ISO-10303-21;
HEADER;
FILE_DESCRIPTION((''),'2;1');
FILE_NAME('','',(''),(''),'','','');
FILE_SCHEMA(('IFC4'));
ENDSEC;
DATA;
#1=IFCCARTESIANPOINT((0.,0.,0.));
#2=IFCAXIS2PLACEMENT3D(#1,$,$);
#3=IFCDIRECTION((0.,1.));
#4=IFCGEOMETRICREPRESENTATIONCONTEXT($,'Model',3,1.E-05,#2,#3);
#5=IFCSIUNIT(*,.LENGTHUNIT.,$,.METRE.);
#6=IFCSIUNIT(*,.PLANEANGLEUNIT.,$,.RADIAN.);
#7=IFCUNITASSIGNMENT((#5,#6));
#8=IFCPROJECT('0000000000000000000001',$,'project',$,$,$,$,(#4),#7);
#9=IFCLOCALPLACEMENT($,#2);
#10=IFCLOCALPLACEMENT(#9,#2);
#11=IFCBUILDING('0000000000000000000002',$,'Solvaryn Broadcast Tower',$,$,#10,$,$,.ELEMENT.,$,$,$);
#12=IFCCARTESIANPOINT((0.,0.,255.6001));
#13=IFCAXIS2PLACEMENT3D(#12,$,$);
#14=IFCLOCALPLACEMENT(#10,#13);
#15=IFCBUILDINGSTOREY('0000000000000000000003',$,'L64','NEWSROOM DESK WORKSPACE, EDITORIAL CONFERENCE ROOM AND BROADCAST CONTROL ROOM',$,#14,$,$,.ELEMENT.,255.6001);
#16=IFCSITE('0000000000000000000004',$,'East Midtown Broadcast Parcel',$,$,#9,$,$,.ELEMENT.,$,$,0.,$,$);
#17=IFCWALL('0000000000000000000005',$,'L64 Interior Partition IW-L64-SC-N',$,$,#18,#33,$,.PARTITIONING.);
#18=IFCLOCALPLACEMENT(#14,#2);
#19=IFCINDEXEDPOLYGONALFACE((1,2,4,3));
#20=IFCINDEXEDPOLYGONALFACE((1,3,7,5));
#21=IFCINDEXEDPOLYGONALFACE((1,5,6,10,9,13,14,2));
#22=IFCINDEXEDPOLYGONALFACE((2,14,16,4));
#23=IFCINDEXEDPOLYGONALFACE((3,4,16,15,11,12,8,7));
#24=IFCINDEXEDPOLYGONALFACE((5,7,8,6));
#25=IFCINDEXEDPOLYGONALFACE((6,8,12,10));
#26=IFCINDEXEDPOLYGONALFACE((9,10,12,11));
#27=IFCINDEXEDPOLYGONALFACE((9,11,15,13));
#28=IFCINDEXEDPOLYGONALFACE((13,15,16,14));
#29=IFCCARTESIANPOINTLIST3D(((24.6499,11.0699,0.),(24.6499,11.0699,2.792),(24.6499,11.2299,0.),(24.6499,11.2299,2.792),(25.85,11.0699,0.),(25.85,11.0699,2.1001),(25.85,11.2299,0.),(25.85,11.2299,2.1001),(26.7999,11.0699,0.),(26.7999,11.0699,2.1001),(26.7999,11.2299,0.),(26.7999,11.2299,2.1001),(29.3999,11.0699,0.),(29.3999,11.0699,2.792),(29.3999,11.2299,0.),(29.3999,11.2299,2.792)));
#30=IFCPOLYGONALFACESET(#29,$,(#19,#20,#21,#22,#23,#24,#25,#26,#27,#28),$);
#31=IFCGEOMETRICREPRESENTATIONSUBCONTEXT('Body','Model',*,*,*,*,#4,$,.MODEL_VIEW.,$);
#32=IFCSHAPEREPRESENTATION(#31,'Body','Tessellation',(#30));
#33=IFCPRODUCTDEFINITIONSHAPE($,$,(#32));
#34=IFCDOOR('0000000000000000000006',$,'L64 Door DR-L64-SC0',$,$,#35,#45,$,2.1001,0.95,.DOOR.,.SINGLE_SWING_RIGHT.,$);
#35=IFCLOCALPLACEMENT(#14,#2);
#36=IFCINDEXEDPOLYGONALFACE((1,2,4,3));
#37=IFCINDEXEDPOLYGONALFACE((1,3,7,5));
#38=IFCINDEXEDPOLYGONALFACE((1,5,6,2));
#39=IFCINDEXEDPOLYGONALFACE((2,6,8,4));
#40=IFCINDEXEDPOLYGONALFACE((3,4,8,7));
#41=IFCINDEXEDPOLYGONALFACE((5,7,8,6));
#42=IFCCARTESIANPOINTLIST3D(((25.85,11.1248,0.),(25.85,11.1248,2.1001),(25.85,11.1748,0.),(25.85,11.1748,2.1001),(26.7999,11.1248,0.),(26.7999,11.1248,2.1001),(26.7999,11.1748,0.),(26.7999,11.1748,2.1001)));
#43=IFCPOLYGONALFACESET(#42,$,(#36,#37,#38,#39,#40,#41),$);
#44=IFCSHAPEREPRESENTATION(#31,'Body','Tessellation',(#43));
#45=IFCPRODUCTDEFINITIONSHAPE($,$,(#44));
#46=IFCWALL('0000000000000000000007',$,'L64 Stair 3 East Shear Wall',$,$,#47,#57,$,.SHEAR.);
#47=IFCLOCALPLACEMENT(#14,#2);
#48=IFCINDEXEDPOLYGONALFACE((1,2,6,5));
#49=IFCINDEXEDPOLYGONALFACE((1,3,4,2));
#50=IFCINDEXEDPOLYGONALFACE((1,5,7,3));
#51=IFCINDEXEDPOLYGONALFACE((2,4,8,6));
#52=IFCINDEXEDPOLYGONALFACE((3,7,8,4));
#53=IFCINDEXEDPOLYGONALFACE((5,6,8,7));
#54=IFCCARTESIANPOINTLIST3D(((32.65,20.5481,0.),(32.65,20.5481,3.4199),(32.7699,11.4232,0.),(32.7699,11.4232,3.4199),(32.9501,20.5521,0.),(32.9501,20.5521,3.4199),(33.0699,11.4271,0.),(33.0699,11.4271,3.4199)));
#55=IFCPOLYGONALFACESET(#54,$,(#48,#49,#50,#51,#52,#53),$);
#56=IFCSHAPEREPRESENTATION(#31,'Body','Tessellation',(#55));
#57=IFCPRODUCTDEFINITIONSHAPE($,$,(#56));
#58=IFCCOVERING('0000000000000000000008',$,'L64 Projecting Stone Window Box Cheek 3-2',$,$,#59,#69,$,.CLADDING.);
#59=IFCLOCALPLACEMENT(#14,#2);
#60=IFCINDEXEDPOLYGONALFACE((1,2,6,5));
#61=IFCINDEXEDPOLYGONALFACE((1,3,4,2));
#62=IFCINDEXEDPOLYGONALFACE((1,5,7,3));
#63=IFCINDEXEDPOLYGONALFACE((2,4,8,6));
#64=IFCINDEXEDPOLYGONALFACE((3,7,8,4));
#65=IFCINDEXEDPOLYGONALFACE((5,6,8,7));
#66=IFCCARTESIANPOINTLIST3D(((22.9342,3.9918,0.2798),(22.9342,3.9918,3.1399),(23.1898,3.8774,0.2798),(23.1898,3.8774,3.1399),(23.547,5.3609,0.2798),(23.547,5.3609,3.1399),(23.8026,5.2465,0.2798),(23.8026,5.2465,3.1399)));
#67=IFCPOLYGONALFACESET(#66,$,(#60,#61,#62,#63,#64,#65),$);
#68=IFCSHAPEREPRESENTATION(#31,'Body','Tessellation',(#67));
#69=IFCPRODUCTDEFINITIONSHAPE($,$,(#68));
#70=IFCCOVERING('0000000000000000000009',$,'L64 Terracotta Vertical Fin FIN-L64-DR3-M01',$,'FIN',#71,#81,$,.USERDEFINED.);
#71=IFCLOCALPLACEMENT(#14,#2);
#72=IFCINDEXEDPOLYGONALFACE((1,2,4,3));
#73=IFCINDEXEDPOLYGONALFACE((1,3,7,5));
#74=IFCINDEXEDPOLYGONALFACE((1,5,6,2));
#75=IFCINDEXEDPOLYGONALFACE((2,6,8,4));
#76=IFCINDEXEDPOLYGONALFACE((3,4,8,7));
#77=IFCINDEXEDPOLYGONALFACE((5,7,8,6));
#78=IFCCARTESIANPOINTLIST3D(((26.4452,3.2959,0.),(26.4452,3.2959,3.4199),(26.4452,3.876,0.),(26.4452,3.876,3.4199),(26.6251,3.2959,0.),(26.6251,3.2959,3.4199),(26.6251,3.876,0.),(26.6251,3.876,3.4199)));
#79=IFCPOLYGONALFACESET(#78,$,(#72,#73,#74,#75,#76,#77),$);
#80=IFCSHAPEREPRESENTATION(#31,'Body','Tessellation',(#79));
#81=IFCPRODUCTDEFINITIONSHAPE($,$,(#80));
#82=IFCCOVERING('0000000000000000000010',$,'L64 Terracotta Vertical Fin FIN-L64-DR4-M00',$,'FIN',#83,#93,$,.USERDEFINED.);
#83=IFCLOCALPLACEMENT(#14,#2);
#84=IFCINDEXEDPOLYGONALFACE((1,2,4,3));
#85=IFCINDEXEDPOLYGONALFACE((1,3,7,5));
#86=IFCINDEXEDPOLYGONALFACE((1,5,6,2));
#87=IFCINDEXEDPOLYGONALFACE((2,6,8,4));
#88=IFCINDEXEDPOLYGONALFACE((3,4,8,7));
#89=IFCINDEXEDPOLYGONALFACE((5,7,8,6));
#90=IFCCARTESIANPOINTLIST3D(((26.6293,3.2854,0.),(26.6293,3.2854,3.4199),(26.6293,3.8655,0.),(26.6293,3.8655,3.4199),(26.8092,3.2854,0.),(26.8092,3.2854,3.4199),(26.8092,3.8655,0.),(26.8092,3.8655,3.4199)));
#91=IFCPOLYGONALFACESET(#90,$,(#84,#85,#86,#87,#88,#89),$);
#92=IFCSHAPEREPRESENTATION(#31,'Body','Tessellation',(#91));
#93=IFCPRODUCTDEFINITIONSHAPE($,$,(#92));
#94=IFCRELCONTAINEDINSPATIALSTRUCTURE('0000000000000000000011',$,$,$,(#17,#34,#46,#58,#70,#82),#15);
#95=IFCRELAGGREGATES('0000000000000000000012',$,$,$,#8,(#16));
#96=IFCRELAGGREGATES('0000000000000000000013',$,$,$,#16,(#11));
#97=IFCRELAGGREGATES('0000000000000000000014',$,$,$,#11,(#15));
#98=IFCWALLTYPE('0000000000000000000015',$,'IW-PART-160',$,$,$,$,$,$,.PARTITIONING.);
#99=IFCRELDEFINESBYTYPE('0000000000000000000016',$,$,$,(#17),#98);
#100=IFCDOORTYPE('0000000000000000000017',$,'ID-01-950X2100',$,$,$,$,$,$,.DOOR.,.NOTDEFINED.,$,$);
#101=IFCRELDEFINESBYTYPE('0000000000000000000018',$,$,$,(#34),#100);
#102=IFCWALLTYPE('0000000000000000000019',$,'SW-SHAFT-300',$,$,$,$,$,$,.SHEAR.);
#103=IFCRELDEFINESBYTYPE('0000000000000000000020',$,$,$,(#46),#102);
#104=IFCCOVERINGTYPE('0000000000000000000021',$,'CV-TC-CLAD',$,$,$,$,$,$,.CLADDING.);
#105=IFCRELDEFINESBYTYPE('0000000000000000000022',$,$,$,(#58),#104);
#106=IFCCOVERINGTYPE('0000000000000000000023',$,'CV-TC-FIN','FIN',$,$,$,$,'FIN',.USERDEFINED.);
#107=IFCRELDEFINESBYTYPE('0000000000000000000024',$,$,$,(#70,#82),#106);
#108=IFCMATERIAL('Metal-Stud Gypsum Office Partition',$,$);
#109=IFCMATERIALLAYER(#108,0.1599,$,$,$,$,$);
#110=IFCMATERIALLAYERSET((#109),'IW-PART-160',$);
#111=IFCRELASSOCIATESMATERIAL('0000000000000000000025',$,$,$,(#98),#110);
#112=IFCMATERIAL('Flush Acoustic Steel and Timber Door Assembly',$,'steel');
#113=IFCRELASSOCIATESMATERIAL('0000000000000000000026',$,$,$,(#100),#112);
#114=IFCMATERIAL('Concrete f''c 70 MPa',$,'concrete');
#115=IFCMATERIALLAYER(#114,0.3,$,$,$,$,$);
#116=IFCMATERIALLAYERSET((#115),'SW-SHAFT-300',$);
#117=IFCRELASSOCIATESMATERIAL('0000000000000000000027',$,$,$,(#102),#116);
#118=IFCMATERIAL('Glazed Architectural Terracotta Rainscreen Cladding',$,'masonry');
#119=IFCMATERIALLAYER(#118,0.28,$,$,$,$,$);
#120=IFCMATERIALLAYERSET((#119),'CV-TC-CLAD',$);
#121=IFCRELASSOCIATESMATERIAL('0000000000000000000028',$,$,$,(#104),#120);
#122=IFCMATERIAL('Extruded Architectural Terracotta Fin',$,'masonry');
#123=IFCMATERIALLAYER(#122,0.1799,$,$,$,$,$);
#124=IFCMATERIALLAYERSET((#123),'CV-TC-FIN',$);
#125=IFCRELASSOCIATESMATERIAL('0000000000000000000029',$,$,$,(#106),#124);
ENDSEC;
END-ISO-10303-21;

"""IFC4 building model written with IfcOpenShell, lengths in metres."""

from ifc_helpers import new_model, si_unit, direction, frame, frame_2d, origin, origin_2d, place, context, subcontext, project, spatial, rectangle, extrude, material, layer, layer_set, type_object, element, fill, save


model = new_model("IFC4")

# Units and contexts
model_context = context("Model", 3, precision=1e-05, world=origin(), true_north=direction((0.0, 1.0)))
body_context = subcontext(model_context, "Body", "Model", "MODEL_VIEW")
ifc_project = project(units=[si_unit("LENGTHUNIT", "METRE"), si_unit("PLANEANGLEUNIT", "RADIAN")], contexts=[model_context])

# Site, building, storey
site_placement = place(None, origin())
site = spatial("IfcSite", under=ifc_project, at=site_placement, Name="East Midtown Broadcast Parcel", CompositionType="ELEMENT", RefElevation=0.0)
building_placement = place(site_placement, origin())
building = spatial("IfcBuilding", under=site, at=building_placement, Name="Solvaryn Broadcast Tower", CompositionType="ELEMENT")
storey_placement = place(building_placement, frame((0.0, 0.0, 255.6001)))
storey = spatial("IfcBuildingStorey", under=building, at=storey_placement, Name="L64", Description="NEWSROOM DESK WORKSPACE, EDITORIAL CONFERENCE ROOM AND BROADCAST CONTROL ROOM", CompositionType="ELEMENT", Elevation=255.6001)

# Shared definitions
ifc_material_1 = material(Name="Metal-Stud Gypsum Office Partition")
ifc_layer_1 = layer(ifc_material_1, 0.1599)
ifc_layer_set_1 = layer_set([ifc_layer_1], Name="IW-PART-160")
wall_type_1 = type_object("IfcWallType", Name="IW-PART-160", PredefinedType="PARTITIONING", material=ifc_layer_set_1)
ifc_material_2 = material(Name="Flush Acoustic Steel and Timber Door Assembly", Category="steel")
door_type_1 = type_object("IfcDoorType", Name="ID-01-950X2100", OperationType="NOTDEFINED", PredefinedType="DOOR", material=ifc_material_2)

# Wall, opening, door
wall_1_placement = place(storey_placement, frame((24.6499, 11.1499, 0.0), z_axis=(0.0, 0.0, 1.0), x_axis=(1.0, 0.0, 0.0)))
wall_1 = element("IfcWall", 1, at=wall_1_placement, inside=storey, type_object=wall_type_1, Name="L64 Interior Partition IW-L64-SC-N", PredefinedType="PARTITIONING", context=body_context, shape_type="SweptSolid", body=[
    extrude(rectangle(XDim=4.75, YDim=0.1599, at=frame_2d((2.375, 0.0))), origin(), (0.0, 0.0, 1.0), 2.792),
])
opening_1_placement = place(wall_1_placement, frame((1.2, 0.0, 0.0)))
opening_1 = element("IfcOpeningElement", 2, at=opening_1_placement, cuts=wall_1, PredefinedType="OPENING", context=body_context, shape_type="SweptSolid", body=[
    extrude(rectangle(XDim=0.95, YDim=2.1001, at=frame_2d((0.4751, 1.05))), frame((0.0, 0.0901, 0.0), z_axis=(0.0, -1.0, 0.0), x_axis=(1.0, 0.0, 0.0)), (0.0, 0.0, 1.0), 0.1799),
])
door_1_placement = place(opening_1_placement, origin())
door_1 = element("IfcDoor", 3, at=door_1_placement, inside=storey, type_object=door_type_1, Name="L64 Door DR-L64-SC0", OperationType="SINGLE_SWING_RIGHT", OverallHeight=2.1001, OverallWidth=0.95, PredefinedType="DOOR", context=body_context, shape_type="SweptSolid", body=[
    extrude(rectangle(XDim=0.95, YDim=2.1001, at=frame_2d((0.4751, 1.05))), frame((0.0, 0.0249, 0.0), z_axis=(0.0, -1.0, 0.0), x_axis=(1.0, 0.0, 0.0)), (0.0, 0.0, 1.0), 0.05),
])
fill(opening_1, door_1)

# Wall
ifc_material_3 = material(Name="Concrete f'c 70 MPa", Category="concrete")
ifc_layer_2 = layer(ifc_material_3, 0.3)
ifc_layer_set_2 = layer_set([ifc_layer_2], Name="SW-SHAFT-300")
wall_type_2 = type_object("IfcWallType", Name="SW-SHAFT-300", PredefinedType="SHEAR", material=ifc_layer_set_2)
wall_2_placement = place(storey_placement, frame((32.9199, 11.425, 0.0), z_axis=(0.0, 0.0, 1.0), x_axis=(-0.013136, 0.999914, 0.0)))
element("IfcWall", 4, at=wall_2_placement, inside=storey, type_object=wall_type_2, Name="L64 Stair 3 East Shear Wall", PredefinedType="SHEAR", context=body_context, shape_type="SweptSolid", body=[
    extrude(rectangle(XDim=9.1257, YDim=0.3, at=frame_2d((4.563, 0.0))), origin(), (0.0, 0.0, 1.0), 3.4199),
])

# Coverings
ifc_material_4 = material(Name="Glazed Architectural Terracotta Rainscreen Cladding", Category="masonry")
ifc_layer_3 = layer(ifc_material_4, 0.28)
ifc_layer_set_3 = layer_set([ifc_layer_3], Name="CV-TC-CLAD")
covering_type_1 = type_object("IfcCoveringType", Name="CV-TC-CLAD", PredefinedType="CLADDING", material=ifc_layer_set_3)
covering_placement = place(storey_placement, frame((23.3684, 4.6191, 0.2798), z_axis=(0.0, 0.0, 1.0), x_axis=(0.912763, -0.40849, 0.0)))
element("IfcCovering", 5, at=covering_placement, inside=storey, type_object=covering_type_1, Name="L64 Projecting Stone Window Box Cheek 3-2", PredefinedType="CLADDING", context=body_context, shape_type="SweptSolid", body=[
    extrude(rectangle(XDim=0.28, YDim=1.5, at=origin_2d()), origin(), (0.0, 0.0, 1.0), 2.8601),
])
ifc_material_5 = material(Name="Extruded Architectural Terracotta Fin", Category="masonry")
ifc_layer_4 = layer(ifc_material_5, 0.1799)
ifc_layer_set_4 = layer_set([ifc_layer_4], Name="CV-TC-FIN")
covering_type_2 = type_object("IfcCoveringType", Name="CV-TC-FIN", Description="FIN", ElementType="FIN", PredefinedType="USERDEFINED", material=ifc_layer_set_4)
for number, where, z_axis, x_axis, name in (
    (6, (26.5352, 3.5859, 0.0), (0.0, 0.0, 1.0), (1.0, 0.0, 0.0), "L64 Terracotta Vertical Fin FIN-L64-DR3-M01"),
    (7, (26.7192, 3.5754, 0.0), (0.0, 0.0, 1.0), (1.0, 0.0, 0.0), "L64 Terracotta Vertical Fin FIN-L64-DR4-M00"),
):
    element("IfcCovering", number, at=place(storey_placement, frame(where, z_axis=z_axis, x_axis=x_axis)), inside=storey, type_object=covering_type_2, Name=name, ObjectType="FIN", PredefinedType="USERDEFINED", context=body_context, shape_type="SweptSolid", body=[
        extrude(rectangle(XDim=0.1799, YDim=0.5801, at=origin_2d()), origin(), (0.0, 0.0, 1.0), 3.4199),
    ])

save(model, "model.ifc")
